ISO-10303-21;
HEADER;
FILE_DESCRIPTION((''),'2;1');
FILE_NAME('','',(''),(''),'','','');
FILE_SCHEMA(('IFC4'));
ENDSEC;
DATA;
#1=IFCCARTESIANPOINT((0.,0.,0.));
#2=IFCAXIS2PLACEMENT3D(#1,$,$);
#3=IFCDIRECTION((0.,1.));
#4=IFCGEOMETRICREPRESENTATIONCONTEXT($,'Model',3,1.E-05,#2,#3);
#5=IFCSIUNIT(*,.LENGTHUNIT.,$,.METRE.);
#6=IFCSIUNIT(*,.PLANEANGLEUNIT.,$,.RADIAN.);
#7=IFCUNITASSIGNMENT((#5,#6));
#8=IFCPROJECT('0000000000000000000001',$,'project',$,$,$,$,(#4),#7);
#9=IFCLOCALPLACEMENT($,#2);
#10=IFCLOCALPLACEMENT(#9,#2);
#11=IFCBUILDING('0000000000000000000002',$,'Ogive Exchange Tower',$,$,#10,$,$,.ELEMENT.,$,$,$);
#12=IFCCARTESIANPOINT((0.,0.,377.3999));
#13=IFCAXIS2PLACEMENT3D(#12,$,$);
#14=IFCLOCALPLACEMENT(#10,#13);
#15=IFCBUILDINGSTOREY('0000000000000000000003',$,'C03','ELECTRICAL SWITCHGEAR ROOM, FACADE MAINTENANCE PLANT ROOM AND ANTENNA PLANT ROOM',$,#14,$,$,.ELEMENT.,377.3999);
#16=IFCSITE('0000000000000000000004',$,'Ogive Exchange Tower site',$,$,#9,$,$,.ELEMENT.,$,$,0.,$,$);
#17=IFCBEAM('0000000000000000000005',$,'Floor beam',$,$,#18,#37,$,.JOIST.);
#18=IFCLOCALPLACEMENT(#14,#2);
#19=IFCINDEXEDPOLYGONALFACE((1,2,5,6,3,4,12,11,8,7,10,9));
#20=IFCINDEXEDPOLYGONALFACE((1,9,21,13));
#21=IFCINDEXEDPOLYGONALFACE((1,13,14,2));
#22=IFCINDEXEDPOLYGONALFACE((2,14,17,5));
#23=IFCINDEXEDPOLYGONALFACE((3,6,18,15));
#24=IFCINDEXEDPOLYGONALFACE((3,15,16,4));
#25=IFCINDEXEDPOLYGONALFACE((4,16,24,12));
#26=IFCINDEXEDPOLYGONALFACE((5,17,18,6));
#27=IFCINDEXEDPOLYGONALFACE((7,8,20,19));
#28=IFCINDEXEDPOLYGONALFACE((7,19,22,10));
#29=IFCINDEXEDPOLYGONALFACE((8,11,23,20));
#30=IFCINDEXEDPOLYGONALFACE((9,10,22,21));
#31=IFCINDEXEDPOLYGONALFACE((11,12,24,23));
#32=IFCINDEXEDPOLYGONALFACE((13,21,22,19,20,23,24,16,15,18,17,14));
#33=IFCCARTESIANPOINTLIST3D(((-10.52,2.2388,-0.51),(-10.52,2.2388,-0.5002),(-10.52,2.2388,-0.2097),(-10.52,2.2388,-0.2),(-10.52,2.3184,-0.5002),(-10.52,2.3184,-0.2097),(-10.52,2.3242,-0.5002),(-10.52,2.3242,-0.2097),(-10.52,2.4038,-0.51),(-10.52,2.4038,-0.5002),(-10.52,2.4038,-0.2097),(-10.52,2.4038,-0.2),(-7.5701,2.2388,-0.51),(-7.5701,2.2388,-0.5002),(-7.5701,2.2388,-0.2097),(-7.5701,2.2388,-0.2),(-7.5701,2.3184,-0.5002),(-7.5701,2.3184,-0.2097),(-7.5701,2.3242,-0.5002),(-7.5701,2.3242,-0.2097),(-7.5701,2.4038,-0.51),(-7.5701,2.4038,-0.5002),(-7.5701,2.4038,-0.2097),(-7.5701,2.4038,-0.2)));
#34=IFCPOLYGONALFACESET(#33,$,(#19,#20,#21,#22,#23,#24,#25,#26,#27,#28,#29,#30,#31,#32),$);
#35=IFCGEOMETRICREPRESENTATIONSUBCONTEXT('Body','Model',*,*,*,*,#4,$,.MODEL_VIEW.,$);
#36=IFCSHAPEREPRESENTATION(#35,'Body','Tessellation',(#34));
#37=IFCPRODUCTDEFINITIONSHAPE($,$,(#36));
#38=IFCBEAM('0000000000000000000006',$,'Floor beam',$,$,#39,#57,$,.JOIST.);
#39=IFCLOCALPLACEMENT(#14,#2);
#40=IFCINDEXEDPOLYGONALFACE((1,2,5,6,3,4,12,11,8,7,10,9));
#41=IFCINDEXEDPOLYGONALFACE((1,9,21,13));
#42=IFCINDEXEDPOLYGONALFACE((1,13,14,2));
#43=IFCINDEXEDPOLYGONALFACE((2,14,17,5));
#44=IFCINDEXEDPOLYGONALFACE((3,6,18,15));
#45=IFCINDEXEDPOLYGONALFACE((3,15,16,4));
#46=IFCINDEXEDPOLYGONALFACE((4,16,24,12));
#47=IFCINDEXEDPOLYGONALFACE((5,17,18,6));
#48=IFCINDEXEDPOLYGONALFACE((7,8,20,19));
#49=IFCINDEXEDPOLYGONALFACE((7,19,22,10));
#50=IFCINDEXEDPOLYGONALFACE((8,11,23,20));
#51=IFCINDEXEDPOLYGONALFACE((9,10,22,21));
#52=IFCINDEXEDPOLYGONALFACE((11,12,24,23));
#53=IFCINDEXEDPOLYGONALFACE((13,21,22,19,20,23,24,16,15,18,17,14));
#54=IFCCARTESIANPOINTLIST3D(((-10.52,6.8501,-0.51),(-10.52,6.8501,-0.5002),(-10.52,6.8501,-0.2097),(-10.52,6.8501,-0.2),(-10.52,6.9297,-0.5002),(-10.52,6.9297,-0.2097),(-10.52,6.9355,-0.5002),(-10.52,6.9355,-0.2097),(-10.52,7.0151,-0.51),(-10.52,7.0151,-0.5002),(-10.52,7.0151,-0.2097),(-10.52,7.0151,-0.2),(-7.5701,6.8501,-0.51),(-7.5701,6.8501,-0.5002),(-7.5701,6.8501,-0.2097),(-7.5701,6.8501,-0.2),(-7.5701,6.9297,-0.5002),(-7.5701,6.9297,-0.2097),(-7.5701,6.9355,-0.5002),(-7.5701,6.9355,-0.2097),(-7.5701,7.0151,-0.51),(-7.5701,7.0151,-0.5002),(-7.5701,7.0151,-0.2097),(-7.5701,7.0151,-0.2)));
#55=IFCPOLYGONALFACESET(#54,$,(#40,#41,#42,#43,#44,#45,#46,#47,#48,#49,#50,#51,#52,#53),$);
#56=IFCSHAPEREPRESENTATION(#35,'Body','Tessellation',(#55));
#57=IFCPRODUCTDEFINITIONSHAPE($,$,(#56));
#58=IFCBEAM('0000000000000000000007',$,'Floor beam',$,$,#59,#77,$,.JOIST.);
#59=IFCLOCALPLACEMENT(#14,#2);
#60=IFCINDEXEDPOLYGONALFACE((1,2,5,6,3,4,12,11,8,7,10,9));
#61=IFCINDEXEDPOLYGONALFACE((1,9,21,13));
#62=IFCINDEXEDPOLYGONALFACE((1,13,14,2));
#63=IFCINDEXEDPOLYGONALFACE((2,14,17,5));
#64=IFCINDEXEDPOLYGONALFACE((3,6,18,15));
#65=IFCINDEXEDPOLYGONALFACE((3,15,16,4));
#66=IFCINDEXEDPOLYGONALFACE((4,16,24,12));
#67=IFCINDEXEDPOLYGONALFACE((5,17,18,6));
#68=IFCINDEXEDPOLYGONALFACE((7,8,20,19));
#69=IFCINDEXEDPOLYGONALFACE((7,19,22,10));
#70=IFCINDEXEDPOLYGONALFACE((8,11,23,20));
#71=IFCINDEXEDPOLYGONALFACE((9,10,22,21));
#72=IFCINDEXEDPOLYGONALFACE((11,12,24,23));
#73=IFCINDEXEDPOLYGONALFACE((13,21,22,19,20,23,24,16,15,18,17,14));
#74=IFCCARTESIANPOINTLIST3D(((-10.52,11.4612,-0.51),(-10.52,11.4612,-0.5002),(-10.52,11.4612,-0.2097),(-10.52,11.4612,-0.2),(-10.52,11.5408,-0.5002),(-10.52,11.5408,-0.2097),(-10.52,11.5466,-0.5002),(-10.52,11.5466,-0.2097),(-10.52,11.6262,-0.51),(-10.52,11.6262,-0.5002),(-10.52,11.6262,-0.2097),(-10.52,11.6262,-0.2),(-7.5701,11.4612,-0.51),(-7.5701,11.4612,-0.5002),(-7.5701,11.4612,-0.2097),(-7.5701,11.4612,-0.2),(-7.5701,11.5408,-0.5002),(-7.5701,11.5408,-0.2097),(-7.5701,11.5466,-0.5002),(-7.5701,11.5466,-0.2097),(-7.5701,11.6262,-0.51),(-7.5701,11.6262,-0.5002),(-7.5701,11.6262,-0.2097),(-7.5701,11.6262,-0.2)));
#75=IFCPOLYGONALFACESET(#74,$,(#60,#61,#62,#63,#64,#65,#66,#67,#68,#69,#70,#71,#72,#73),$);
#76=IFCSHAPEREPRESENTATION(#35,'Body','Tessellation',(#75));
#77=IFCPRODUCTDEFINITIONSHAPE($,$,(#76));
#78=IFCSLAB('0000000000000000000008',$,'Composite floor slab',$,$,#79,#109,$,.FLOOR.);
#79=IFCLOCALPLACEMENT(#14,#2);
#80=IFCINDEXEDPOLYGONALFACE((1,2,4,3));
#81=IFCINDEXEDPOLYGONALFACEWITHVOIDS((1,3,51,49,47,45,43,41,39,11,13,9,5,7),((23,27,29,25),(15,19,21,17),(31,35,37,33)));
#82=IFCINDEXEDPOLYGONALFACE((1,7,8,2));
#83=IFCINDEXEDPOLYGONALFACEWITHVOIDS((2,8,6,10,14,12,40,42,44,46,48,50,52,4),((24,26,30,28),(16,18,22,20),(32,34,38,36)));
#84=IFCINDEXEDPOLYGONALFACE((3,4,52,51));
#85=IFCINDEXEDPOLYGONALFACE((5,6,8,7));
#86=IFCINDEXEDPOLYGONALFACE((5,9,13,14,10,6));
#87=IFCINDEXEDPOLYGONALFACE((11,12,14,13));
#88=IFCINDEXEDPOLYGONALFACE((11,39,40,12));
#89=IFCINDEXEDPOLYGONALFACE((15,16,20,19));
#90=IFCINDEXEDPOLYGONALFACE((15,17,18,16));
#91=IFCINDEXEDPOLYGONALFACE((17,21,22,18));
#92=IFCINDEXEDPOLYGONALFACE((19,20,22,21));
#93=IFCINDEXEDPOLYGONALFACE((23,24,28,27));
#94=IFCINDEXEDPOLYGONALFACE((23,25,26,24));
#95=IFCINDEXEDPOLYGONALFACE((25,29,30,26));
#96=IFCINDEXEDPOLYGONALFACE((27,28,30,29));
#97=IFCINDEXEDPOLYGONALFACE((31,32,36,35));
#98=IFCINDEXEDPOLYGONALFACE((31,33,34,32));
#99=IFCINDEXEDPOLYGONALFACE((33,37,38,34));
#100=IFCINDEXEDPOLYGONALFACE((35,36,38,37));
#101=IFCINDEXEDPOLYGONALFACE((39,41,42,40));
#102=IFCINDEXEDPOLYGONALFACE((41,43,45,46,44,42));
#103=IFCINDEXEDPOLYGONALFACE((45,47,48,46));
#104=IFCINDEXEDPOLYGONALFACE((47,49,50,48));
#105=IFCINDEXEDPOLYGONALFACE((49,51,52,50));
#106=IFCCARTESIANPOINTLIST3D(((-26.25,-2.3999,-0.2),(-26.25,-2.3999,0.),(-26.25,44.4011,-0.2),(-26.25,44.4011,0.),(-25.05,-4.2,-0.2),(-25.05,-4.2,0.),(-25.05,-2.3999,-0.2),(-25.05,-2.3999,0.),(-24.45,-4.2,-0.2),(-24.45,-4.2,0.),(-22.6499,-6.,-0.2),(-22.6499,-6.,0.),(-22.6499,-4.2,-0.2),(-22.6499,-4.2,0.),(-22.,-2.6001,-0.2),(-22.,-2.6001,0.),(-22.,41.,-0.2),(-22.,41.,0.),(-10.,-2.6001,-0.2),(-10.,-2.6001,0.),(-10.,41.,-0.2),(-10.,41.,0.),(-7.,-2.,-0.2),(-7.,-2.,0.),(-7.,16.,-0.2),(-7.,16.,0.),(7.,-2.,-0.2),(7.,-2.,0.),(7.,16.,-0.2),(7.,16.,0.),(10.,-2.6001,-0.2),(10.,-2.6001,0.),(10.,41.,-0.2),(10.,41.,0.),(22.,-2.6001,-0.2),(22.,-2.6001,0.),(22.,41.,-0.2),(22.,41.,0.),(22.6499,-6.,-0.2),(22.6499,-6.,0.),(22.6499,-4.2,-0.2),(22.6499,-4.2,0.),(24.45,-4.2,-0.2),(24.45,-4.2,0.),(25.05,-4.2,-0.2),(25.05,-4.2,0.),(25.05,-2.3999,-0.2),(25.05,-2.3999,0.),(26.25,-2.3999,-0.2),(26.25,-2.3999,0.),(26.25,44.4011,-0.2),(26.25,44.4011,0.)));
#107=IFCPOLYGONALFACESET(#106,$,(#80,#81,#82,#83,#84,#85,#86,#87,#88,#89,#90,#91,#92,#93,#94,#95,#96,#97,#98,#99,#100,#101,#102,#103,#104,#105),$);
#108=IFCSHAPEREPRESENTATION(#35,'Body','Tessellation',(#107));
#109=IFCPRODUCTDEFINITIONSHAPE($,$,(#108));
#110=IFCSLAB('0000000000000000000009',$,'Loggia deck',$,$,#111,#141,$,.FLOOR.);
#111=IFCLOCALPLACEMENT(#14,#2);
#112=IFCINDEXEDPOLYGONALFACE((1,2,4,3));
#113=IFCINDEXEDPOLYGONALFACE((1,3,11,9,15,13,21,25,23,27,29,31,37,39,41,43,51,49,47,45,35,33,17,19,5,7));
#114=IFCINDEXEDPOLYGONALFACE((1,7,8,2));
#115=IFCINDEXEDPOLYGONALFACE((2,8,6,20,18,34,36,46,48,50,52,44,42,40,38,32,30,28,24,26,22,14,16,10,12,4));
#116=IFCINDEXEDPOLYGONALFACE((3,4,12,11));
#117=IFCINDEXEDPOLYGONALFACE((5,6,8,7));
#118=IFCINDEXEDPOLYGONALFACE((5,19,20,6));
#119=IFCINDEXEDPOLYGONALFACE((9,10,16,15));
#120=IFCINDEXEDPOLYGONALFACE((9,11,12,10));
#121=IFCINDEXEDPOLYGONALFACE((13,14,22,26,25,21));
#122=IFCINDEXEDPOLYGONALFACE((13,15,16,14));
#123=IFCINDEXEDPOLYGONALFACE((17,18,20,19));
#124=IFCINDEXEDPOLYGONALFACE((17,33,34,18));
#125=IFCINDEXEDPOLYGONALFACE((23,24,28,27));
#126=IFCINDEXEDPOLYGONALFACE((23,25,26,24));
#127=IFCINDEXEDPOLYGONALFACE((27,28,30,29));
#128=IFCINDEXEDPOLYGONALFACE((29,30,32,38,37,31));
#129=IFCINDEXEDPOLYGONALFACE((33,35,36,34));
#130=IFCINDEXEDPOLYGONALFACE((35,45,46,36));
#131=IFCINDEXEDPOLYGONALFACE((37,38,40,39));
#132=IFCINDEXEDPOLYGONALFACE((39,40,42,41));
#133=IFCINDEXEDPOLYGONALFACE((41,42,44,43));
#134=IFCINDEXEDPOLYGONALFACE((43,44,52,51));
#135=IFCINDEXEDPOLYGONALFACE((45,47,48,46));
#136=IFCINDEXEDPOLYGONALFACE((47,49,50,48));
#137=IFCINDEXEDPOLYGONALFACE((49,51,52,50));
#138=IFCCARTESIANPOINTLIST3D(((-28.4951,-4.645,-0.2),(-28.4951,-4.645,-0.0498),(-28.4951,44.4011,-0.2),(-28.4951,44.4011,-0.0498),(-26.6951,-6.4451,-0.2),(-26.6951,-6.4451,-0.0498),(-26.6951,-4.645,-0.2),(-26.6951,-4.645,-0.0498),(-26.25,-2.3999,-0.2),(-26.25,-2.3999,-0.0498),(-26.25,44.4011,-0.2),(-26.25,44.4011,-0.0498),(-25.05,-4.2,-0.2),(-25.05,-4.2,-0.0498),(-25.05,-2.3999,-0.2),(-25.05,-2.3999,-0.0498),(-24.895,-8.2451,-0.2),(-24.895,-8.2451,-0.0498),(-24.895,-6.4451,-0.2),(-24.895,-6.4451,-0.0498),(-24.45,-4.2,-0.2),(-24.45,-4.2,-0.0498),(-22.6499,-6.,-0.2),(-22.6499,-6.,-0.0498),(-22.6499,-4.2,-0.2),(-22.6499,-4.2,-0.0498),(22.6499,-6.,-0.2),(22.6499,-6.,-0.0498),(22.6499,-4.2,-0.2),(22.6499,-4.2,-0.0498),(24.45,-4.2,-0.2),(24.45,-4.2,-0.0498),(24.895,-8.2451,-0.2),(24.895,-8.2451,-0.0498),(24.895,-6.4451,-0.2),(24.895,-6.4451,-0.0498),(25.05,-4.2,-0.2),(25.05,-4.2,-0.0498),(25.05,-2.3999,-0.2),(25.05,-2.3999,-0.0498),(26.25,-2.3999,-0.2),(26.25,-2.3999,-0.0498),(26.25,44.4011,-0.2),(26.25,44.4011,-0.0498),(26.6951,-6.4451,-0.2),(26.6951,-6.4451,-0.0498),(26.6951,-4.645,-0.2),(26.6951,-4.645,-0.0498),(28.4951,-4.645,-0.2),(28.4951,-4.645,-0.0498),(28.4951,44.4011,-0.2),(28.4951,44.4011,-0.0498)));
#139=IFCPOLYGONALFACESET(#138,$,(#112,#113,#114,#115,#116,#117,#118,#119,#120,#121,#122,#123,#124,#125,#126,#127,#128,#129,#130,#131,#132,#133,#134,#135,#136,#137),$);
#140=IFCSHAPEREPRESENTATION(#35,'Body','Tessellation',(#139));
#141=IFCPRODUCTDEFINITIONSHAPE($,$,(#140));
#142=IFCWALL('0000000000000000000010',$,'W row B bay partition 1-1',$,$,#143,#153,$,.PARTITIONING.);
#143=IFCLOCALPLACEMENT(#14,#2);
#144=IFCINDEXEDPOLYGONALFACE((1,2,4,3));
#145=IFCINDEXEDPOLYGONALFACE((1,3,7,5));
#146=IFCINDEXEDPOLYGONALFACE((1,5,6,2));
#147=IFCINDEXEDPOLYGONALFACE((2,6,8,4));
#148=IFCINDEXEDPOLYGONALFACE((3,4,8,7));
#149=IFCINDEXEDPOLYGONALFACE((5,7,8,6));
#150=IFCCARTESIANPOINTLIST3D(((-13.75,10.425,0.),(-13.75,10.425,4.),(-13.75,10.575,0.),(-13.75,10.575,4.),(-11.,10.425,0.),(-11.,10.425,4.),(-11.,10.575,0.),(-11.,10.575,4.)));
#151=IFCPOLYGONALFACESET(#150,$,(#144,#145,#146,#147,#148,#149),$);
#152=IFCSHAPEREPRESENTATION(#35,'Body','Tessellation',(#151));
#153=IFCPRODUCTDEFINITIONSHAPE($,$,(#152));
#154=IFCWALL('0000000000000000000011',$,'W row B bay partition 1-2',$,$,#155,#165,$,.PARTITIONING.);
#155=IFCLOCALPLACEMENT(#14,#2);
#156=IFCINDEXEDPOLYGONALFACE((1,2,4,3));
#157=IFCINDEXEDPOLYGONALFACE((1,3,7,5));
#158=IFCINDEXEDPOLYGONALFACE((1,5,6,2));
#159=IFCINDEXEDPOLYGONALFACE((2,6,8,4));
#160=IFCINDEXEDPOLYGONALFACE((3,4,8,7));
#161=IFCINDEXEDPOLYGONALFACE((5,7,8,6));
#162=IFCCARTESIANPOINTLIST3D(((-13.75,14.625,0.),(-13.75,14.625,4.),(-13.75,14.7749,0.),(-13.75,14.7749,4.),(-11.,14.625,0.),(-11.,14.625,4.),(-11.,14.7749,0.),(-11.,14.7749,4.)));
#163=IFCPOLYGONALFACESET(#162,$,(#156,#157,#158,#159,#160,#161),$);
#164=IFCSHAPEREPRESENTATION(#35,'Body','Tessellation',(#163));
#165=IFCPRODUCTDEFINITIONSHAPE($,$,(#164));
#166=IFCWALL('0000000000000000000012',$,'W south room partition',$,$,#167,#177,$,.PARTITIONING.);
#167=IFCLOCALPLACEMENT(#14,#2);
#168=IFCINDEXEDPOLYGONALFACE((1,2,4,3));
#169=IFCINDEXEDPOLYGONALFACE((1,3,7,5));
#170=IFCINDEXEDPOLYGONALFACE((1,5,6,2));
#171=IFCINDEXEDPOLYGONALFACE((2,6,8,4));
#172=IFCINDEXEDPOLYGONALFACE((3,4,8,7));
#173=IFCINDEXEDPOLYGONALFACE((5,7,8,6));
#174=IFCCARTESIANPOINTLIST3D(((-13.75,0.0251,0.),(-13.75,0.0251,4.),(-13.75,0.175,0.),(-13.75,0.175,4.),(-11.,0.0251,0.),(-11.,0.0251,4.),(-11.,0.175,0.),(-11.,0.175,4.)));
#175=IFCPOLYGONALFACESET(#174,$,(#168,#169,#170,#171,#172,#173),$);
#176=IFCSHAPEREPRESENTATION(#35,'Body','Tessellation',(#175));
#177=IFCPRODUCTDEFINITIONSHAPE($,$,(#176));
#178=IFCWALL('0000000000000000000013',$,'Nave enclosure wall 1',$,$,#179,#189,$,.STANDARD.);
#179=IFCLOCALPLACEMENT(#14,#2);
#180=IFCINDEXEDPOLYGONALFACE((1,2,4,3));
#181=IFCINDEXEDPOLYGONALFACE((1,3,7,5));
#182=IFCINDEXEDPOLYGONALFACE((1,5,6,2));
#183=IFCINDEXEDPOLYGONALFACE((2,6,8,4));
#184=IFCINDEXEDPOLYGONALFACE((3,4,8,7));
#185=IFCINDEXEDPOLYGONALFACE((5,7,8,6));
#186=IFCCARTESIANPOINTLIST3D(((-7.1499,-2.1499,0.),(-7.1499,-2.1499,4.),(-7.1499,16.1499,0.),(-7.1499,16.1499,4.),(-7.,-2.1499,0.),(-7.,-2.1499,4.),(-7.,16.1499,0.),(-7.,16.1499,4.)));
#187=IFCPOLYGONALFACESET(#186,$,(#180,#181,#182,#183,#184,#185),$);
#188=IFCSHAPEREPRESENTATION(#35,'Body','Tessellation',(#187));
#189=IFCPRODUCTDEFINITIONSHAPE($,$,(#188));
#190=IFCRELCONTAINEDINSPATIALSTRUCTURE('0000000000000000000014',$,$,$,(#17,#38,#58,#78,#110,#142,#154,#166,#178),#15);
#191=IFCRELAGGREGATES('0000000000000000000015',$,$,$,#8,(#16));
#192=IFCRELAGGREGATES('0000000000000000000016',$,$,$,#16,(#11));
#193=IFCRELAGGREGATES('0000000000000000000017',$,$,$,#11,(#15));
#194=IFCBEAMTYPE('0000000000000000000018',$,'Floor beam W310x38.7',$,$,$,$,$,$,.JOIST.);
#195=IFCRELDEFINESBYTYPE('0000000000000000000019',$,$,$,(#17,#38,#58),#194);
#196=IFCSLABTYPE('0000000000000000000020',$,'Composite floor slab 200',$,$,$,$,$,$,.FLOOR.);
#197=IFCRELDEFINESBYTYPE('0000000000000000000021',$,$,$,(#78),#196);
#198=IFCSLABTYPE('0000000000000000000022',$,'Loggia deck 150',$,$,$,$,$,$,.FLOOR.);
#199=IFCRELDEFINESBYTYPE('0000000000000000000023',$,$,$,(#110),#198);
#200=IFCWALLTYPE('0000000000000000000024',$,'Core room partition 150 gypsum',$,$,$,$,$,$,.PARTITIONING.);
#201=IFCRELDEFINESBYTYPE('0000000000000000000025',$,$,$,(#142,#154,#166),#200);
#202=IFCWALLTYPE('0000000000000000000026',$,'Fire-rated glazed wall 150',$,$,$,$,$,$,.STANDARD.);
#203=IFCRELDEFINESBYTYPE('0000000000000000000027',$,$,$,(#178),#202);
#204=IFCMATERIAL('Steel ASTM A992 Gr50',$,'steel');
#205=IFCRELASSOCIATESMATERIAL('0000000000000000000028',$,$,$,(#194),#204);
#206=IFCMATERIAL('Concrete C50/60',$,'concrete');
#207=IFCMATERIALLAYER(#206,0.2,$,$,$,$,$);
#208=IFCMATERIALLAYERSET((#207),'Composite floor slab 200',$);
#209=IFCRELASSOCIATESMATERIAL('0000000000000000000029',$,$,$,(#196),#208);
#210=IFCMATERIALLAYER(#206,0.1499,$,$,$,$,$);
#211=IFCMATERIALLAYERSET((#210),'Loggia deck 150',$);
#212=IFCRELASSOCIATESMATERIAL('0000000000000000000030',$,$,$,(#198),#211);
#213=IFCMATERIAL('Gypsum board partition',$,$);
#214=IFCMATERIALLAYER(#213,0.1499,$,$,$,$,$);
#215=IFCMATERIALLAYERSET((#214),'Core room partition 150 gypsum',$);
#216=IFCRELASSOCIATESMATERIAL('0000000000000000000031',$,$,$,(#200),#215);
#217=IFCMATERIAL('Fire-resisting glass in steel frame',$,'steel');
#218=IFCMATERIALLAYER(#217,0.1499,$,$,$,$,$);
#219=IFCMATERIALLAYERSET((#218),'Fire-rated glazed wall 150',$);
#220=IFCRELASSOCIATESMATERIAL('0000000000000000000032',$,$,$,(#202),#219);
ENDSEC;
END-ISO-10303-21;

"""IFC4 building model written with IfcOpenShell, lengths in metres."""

from ifc_helpers import new_model, si_unit, direction, frame, frame_2d, origin, origin_2d, place, context, subcontext, project, spatial, polyline, rectangle, i_section, outline, extrude, material, layer, layer_set, material_profile, profile_set, type_object, element, save


model = new_model("IFC4")

# Units and contexts
model_context = context("Model", 3, precision=1e-05, world=origin(), true_north=direction((0.0, 1.0)))
body_context = subcontext(model_context, "Body", "Model", "MODEL_VIEW")
ifc_project = project(units=[si_unit("LENGTHUNIT", "METRE"), si_unit("PLANEANGLEUNIT", "RADIAN")], contexts=[model_context])

# Site, building, storey
site_placement = place(None, origin())
site = spatial("IfcSite", under=ifc_project, at=site_placement, Name="Ogive Exchange Tower site", CompositionType="ELEMENT", RefElevation=0.0)
building_placement = place(site_placement, origin())
building = spatial("IfcBuilding", under=site, at=building_placement, Name="Ogive Exchange Tower", CompositionType="ELEMENT")
storey_placement = place(building_placement, frame((0.0, 0.0, 377.3999)))
storey = spatial("IfcBuildingStorey", under=building, at=storey_placement, Name="C03", Description="ELECTRICAL SWITCHGEAR ROOM, FACADE MAINTENANCE PLANT ROOM AND ANTENNA PLANT ROOM", CompositionType="ELEMENT", Elevation=377.3999)

# Beams
ifc_material_1 = material(Name="Steel ASTM A992 Gr50", Category="steel")
ifc_material_profile = material_profile(ifc_material_1, i_section(OverallWidth=0.165, OverallDepth=0.3101, WebThickness=0.0059, FlangeThickness=0.0098, at=origin_2d()), Name="W310x38.7")
ifc_profile_set = profile_set([ifc_material_profile], Name="Steel ASTM A992 Gr50")
beam_type = type_object("IfcBeamType", Name="Floor beam W310x38.7", PredefinedType="JOIST", material=ifc_profile_set)
for number, where, z_axis, x_axis, name in (
    (1, (-10.52, 2.3213, -0.355), (1.0, 0.0, 0.0), (0.0, 1.0, 0.0), "Floor beam"),
    (2, (-10.52, 6.9326, -0.355), (1.0, 0.0, 0.0), (0.0, 1.0, 0.0), "Floor beam"),
    (3, (-10.52, 11.5437, -0.355), (1.0, 0.0, 0.0), (0.0, 1.0, 0.0), "Floor beam"),
):
    element("IfcBeam", number, at=place(storey_placement, frame(where, z_axis=z_axis, x_axis=x_axis)), inside=storey, type_object=beam_type, Name=name, PredefinedType="JOIST", context=body_context, shape_type="SweptSolid", body=[
        extrude(i_section(OverallWidth=0.165, OverallDepth=0.3101, WebThickness=0.0059, FlangeThickness=0.0098, at=origin_2d()), origin(), (0.0, 0.0, 1.0), 2.95),
    ])

# Slabs
ifc_material_2 = material(Name="Concrete C50/60", Category="concrete")
ifc_layer_1 = layer(ifc_material_2, 0.2)
ifc_layer_set_1 = layer_set([ifc_layer_1], Name="Composite floor slab 200")
slab_type_1 = type_object("IfcSlabType", Name="Composite floor slab 200", PredefinedType="FLOOR", material=ifc_layer_set_1)
slab_1_placement = place(storey_placement, frame((0.0, 0.0, -0.2)))
element("IfcSlab", 4, at=slab_1_placement, inside=storey, type_object=slab_type_1, Name="Composite floor slab", PredefinedType="FLOOR", context=body_context, shape_type="SweptSolid", body=[
    extrude(outline(polyline([(-24.45, -2.3999), (-24.45, -2.3999), (-26.25, -2.3999), (-26.25, 44.4011), (26.25, 44.4011), (26.25, -2.3999), (24.45, -2.3999), (24.45, -2.3999), (25.05, -2.3999), (25.05, -4.2), (24.45, -4.2), (24.45, -4.2), (22.6499, -4.2), (22.6499, -6.0), (-22.6499, -6.0), (-22.6499, -4.2), (-24.45, -4.2), (-24.45, -4.2), (-25.05, -4.2), (-25.05, -2.3999), (-24.45, -2.3999)]), holes=[polyline([(7.0, -2.0), (7.0, 16.0), (-7.0, 16.0), (-7.0, -2.0), (7.0, -2.0)]), polyline([(-22.0, -2.6001), (-10.0, -2.6001), (-10.0, 41.0), (-22.0, 41.0), (-22.0, -2.6001)]), polyline([(10.0, -2.6001), (22.0, -2.6001), (22.0, 41.0), (10.0, 41.0), (10.0, -2.6001)])]), origin(), (0.0, 0.0, 1.0), 0.2),
])
ifc_layer_2 = layer(ifc_material_2, 0.1499)
ifc_layer_set_2 = layer_set([ifc_layer_2], Name="Loggia deck 150")
slab_type_2 = type_object("IfcSlabType", Name="Loggia deck 150", PredefinedType="FLOOR", material=ifc_layer_set_2)
slab_2_placement = place(storey_placement, frame((0.0, 0.0, -0.2)))
element("IfcSlab", 5, at=slab_2_placement, inside=storey, type_object=slab_type_2, Name="Loggia deck", PredefinedType="FLOOR", context=body_context, shape_type="SweptSolid", body=[
    extrude(outline(polyline([(-26.6951, -4.645), (-28.4951, -4.645), (-28.4951, 44.4011), (-26.25, 44.4011), (-26.25, -2.3999), (-24.45, -2.3999), (-24.45, -2.3999), (-25.05, -2.3999), (-25.05, -4.2), (-24.45, -4.2), (-24.45, -4.2), (-22.6499, -4.2), (-22.6499, -6.0), (22.6499, -6.0), (22.6499, -4.2), (24.45, -4.2), (24.45, -4.2), (25.05, -4.2), (25.05, -2.3999), (24.45, -2.3999), (24.45, -2.3999), (26.25, -2.3999), (26.25, 44.4011), (28.4951, 44.4011), (28.4951, -4.645), (26.6951, -4.645), (26.6951, -6.4451), (24.895, -6.4451), (24.895, -8.2451), (-24.895, -8.2451), (-24.895, -6.4451), (-26.6951, -6.4451), (-26.6951, -4.645)])), origin(), (0.0, 0.0, 1.0), 0.1501),
])

# Walls
ifc_material_3 = material(Name="Gypsum board partition")
ifc_layer_3 = layer(ifc_material_3, 0.1499)
ifc_layer_set_3 = layer_set([ifc_layer_3], Name="Core room partition 150 gypsum")
wall_type_1 = type_object("IfcWallType", Name="Core room partition 150 gypsum", PredefinedType="PARTITIONING", material=ifc_layer_set_3)
for number, where, z_axis, x_axis, name in (
    (6, (-13.75, 10.5, 0.0), (0.0, 0.0, 1.0), (1.0, 0.0, 0.0), "W row B bay partition 1-1"),
    (7, (-13.75, 14.7, 0.0), (0.0, 0.0, 1.0), (1.0, 0.0, 0.0), "W row B bay partition 1-2"),
    (8, (-13.75, 0.1001, 0.0), (0.0, 0.0, 1.0), (1.0, 0.0, 0.0), "W south room partition"),
):
    element("IfcWall", number, at=place(storey_placement, frame(where, z_axis=z_axis, x_axis=x_axis)), inside=storey, type_object=wall_type_1, Name=name, PredefinedType="PARTITIONING", context=body_context, shape_type="SweptSolid", body=[
        extrude(rectangle(XDim=2.75, YDim=0.1499, at=frame_2d((1.375, 0.0))), origin(), (0.0, 0.0, 1.0), 4.0),
    ])
ifc_material_4 = material(Name="Fire-resisting glass in steel frame", Category="steel")
ifc_layer_4 = layer(ifc_material_4, 0.1499)
ifc_layer_set_4 = layer_set([ifc_layer_4], Name="Fire-rated glazed wall 150")
wall_type_2 = type_object("IfcWallType", Name="Fire-rated glazed wall 150", PredefinedType="STANDARD", material=ifc_layer_set_4)
wall_1_placement = place(storey_placement, frame((-7.075, -2.1499, 0.0), z_axis=(0.0, 0.0, 1.0), x_axis=(0.0, 1.0, 0.0)))
element("IfcWall", 9, at=wall_1_placement, inside=storey, type_object=wall_type_2, Name="Nave enclosure wall 1", PredefinedType="STANDARD", context=body_context, shape_type="SweptSolid", body=[
    extrude(rectangle(XDim=18.2998, YDim=0.1499, at=frame_2d((9.1499, 0.0))), origin(), (0.0, 0.0, 1.0), 4.0),
])

save(model, "model.ifc")
